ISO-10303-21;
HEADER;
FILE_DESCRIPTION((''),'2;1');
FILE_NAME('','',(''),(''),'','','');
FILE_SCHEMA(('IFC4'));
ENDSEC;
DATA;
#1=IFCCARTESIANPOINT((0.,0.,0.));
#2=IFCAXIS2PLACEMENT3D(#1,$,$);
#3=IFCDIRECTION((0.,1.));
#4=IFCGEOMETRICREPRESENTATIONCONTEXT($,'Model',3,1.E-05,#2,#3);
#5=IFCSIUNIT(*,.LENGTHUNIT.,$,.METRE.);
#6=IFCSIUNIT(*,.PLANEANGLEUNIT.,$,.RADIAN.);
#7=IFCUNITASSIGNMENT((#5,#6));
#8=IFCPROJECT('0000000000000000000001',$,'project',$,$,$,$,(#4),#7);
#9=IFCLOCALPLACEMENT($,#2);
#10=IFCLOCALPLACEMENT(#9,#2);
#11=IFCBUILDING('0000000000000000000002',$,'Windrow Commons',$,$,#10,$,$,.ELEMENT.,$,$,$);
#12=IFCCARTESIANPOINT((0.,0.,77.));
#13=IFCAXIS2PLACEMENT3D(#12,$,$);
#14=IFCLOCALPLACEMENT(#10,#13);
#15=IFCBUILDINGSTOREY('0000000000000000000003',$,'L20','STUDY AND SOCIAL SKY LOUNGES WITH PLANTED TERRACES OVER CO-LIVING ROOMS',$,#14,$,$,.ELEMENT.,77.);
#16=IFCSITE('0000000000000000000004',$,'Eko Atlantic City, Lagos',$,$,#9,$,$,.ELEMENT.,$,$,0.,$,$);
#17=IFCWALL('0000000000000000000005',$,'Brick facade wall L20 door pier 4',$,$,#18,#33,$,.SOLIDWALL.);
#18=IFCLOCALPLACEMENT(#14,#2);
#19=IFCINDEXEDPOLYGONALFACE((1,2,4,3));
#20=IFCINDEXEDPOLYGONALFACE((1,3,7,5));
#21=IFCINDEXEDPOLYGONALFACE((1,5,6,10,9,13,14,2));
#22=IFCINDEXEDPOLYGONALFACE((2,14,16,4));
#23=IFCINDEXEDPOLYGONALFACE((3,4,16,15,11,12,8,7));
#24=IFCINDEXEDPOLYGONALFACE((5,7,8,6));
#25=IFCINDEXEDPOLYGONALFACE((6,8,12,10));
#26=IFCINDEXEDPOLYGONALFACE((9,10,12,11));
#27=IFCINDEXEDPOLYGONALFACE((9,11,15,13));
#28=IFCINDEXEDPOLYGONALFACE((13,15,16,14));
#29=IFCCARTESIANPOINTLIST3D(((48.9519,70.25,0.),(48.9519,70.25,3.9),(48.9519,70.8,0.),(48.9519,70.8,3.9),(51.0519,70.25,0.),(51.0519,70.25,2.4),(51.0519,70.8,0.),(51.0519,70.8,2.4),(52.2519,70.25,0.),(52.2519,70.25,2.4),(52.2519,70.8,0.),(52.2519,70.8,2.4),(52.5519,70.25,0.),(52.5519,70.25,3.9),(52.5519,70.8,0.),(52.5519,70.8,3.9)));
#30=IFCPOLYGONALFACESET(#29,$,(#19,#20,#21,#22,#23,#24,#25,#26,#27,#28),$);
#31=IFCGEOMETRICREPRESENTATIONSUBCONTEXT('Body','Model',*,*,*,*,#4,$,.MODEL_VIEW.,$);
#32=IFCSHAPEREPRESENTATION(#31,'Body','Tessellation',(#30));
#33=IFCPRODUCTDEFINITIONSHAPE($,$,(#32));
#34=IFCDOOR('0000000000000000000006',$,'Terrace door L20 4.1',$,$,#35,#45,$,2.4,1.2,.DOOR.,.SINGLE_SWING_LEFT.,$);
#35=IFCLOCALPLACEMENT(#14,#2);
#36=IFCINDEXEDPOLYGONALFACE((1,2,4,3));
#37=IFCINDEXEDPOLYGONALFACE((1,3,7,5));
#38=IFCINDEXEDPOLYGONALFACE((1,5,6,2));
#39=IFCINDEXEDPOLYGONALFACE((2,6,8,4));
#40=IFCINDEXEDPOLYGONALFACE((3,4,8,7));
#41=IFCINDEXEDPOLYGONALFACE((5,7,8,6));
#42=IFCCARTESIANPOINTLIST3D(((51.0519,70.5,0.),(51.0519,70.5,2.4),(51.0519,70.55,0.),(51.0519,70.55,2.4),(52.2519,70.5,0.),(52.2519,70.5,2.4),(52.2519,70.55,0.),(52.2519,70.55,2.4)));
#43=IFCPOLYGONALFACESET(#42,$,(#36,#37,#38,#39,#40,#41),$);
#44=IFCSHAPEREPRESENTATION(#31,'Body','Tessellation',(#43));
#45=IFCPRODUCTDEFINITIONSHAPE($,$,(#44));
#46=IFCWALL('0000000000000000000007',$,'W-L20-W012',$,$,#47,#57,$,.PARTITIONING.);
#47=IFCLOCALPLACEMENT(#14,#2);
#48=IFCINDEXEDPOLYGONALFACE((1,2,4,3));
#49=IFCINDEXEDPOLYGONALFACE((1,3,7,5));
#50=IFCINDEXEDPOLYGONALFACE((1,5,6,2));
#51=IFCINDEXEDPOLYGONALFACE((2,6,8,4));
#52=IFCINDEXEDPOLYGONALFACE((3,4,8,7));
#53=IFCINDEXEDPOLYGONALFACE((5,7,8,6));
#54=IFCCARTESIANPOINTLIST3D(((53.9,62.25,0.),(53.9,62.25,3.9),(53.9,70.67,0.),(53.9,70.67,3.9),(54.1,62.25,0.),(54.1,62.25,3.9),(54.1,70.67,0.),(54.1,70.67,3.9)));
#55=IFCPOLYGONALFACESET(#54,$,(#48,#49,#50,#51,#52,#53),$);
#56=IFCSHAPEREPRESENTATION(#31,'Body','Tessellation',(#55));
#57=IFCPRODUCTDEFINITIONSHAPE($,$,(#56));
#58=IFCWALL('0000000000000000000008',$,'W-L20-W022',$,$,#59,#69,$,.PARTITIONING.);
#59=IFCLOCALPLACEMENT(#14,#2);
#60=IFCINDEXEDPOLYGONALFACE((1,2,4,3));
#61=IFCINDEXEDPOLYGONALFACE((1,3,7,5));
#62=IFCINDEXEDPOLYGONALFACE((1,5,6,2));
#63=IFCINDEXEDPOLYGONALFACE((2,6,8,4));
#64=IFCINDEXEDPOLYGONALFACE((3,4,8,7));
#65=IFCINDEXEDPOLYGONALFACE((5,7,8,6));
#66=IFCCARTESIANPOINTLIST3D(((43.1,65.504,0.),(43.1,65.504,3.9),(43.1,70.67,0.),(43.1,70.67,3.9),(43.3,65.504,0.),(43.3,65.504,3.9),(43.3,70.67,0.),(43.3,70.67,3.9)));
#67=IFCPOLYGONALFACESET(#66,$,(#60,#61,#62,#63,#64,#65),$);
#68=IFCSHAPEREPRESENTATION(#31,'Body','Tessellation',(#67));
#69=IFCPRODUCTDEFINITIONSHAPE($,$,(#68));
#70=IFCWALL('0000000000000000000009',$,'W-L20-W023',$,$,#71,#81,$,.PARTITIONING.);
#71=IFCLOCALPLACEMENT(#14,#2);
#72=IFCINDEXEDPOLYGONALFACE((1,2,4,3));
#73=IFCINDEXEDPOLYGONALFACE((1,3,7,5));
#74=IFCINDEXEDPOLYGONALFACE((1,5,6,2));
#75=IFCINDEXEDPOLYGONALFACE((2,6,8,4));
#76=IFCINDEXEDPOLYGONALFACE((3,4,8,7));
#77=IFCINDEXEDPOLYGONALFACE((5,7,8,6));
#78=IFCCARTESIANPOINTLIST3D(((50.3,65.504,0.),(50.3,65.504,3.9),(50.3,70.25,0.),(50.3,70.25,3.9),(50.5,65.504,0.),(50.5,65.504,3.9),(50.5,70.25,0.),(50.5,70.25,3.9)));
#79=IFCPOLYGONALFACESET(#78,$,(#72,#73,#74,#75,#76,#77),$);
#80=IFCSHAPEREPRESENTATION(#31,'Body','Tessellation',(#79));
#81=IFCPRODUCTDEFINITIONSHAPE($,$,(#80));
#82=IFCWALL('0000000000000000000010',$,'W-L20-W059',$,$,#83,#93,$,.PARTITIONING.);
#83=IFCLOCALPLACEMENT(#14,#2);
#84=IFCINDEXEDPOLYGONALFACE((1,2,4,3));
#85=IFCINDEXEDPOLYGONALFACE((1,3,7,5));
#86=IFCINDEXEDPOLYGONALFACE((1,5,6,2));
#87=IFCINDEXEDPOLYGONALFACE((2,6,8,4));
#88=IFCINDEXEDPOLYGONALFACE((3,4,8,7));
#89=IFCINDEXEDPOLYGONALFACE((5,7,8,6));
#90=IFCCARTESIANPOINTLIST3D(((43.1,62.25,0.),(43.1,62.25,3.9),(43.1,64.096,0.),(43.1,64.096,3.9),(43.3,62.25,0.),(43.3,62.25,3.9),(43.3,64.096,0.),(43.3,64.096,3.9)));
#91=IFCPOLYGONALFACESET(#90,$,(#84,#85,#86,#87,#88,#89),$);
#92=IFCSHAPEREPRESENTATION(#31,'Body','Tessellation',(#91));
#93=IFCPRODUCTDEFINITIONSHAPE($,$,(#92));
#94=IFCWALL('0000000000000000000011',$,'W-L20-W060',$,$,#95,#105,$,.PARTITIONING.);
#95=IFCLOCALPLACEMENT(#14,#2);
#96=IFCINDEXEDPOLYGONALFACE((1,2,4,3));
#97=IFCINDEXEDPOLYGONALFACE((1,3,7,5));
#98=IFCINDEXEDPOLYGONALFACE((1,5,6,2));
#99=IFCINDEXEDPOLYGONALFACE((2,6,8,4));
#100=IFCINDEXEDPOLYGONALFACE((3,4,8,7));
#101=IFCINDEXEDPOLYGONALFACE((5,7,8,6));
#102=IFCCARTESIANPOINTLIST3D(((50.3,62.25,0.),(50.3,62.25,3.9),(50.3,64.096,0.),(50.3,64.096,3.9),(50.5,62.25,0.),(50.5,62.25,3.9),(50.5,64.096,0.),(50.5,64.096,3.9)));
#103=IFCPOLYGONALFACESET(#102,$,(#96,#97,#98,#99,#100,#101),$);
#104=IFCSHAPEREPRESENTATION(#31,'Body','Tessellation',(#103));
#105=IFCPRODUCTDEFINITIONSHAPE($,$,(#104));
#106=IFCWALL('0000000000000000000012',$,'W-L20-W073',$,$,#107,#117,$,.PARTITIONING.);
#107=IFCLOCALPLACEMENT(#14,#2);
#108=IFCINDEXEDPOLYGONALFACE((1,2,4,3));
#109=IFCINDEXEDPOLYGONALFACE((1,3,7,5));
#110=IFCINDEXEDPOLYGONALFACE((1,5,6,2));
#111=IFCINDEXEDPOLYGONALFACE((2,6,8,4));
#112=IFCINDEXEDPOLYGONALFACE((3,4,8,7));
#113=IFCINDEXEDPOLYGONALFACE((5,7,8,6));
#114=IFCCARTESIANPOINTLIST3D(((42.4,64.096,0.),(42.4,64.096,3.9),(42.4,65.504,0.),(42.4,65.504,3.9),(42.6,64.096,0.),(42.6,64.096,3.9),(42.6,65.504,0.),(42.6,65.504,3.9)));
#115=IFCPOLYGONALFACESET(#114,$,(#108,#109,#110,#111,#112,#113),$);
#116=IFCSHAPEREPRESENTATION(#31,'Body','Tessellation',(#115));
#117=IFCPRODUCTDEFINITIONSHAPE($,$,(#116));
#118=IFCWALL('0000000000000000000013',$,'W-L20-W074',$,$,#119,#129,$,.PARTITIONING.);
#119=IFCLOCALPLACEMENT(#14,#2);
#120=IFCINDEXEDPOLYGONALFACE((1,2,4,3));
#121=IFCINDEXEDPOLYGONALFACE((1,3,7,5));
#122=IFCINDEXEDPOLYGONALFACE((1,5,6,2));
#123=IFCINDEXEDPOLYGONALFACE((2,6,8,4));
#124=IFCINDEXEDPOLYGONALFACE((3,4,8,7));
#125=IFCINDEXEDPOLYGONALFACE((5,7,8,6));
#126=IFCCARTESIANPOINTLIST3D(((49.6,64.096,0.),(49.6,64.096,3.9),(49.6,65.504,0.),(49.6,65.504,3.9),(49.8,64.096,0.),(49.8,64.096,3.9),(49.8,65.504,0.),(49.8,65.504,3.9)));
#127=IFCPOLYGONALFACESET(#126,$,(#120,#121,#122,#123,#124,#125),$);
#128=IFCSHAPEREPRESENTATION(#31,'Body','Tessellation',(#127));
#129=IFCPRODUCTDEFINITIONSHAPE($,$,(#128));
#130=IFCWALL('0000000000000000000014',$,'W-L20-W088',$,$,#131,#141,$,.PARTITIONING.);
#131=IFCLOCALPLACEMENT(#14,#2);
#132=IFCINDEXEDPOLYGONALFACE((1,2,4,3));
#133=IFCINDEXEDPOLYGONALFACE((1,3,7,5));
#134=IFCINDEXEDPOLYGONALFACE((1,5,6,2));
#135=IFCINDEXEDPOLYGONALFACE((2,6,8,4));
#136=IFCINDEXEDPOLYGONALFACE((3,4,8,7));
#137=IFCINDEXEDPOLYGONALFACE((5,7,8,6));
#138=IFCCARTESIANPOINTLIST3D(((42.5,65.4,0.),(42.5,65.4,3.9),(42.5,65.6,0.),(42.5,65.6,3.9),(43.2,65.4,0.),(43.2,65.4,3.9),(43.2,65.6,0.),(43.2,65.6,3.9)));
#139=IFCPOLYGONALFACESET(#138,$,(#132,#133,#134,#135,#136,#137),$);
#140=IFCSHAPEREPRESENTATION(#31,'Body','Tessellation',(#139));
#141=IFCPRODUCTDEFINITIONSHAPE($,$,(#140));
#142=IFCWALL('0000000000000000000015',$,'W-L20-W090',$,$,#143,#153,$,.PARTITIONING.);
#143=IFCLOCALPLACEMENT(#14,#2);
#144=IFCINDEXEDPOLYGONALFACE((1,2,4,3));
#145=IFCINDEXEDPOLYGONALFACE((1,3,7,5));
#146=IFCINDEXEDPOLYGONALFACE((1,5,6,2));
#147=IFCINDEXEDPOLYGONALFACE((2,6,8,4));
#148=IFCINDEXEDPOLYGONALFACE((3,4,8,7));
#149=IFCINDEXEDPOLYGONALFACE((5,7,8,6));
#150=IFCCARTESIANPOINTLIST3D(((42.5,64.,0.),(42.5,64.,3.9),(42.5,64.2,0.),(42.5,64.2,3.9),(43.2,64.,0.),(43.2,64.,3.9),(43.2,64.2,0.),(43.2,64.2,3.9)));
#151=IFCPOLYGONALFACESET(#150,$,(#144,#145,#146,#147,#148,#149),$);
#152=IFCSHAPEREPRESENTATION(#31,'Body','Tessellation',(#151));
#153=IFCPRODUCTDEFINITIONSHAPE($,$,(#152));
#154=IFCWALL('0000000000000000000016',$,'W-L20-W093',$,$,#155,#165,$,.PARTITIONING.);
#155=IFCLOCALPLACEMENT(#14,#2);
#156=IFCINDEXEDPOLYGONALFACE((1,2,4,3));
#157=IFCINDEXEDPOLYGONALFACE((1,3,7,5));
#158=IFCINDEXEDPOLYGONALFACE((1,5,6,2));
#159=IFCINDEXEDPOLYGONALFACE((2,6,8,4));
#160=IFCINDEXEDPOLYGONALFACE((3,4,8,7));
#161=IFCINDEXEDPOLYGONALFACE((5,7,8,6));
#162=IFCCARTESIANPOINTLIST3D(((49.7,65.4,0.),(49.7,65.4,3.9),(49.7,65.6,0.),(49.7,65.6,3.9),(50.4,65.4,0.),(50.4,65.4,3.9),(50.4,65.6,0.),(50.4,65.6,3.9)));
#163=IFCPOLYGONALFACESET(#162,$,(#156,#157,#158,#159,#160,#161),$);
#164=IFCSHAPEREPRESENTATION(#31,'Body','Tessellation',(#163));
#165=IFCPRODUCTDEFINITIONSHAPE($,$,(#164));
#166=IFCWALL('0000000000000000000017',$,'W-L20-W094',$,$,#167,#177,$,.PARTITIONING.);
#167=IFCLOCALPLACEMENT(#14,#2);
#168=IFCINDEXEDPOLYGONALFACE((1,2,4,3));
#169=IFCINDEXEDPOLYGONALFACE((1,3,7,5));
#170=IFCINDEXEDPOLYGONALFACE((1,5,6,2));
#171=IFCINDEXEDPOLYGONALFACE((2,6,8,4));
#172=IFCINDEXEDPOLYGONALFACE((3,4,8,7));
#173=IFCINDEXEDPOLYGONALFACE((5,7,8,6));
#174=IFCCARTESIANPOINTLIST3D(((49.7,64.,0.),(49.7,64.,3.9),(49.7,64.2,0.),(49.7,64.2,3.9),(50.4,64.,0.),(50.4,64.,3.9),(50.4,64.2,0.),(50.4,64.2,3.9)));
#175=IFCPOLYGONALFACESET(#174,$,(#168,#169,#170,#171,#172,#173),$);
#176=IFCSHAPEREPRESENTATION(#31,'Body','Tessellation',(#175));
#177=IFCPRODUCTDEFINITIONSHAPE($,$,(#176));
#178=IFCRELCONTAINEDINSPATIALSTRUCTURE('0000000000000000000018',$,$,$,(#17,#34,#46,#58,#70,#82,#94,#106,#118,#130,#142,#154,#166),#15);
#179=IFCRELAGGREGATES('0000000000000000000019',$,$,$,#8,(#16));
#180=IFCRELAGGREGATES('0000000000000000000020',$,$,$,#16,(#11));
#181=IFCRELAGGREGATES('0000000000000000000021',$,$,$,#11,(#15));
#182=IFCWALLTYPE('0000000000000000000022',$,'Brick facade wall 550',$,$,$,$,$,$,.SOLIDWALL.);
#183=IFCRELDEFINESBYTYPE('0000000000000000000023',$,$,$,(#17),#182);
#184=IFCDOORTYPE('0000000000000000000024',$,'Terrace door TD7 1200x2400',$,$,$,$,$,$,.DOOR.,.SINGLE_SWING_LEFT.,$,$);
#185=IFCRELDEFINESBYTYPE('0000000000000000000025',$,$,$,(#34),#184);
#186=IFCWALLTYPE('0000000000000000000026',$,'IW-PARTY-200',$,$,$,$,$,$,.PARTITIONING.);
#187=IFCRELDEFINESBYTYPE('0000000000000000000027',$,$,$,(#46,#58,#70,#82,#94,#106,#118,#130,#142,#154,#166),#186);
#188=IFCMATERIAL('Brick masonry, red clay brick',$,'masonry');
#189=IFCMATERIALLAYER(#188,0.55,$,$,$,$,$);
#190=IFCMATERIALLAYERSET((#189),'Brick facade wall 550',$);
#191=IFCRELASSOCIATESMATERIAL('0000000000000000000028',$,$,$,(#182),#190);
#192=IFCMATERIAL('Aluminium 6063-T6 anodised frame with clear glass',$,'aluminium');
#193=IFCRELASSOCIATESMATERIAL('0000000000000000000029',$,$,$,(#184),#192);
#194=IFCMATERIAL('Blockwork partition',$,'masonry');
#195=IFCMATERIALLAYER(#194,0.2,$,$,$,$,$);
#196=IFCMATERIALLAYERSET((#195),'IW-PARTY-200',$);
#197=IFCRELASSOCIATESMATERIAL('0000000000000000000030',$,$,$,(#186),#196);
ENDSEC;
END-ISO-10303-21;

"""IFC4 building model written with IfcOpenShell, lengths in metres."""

from ifc_helpers import new_model, si_unit, direction, frame, frame_2d, origin, place, context, subcontext, project, spatial, rectangle, extrude, material, layer, layer_set, type_object, element, fill, save


model = new_model("IFC4")

# Units and contexts
model_context = context("Model", 3, precision=1e-05, world=origin(), true_north=direction((0.0, 1.0)))
body_context = subcontext(model_context, "Body", "Model", "MODEL_VIEW")
ifc_project = project(units=[si_unit("LENGTHUNIT", "METRE"), si_unit("PLANEANGLEUNIT", "RADIAN")], contexts=[model_context])

# Site, building, storey
site_placement = place(None, origin())
site = spatial("IfcSite", under=ifc_project, at=site_placement, Name="Eko Atlantic City, Lagos", CompositionType="ELEMENT", RefElevation=0.0)
building_placement = place(site_placement, origin())
building = spatial("IfcBuilding", under=site, at=building_placement, Name="Windrow Commons", CompositionType="ELEMENT")
storey_placement = place(building_placement, frame((0.0, 0.0, 77.0)))
storey = spatial("IfcBuildingStorey", under=building, at=storey_placement, Name="L20", Description="STUDY AND SOCIAL SKY LOUNGES WITH PLANTED TERRACES OVER CO-LIVING ROOMS", CompositionType="ELEMENT", Elevation=77.0)

# Wall, opening, door
ifc_material_1 = material(Name="Brick masonry, red clay brick", Category="masonry")
ifc_layer_1 = layer(ifc_material_1, 0.55)
ifc_layer_set_1 = layer_set([ifc_layer_1], Name="Brick facade wall 550")
wall_type_1 = type_object("IfcWallType", Name="Brick facade wall 550", PredefinedType="SOLIDWALL", material=ifc_layer_set_1)
wall_1_placement = place(storey_placement, frame((52.5519, 70.525, 0.0), z_axis=(0.0, 0.0, 1.0), x_axis=(-1.0, 0.0, 0.0)))
wall_1 = element("IfcWall", 1, at=wall_1_placement, inside=storey, type_object=wall_type_1, Name="Brick facade wall L20 door pier 4", PredefinedType="SOLIDWALL", context=body_context, shape_type="SweptSolid", body=[
    extrude(rectangle(XDim=3.6, YDim=0.55, at=frame_2d((1.8, 0.0))), origin(), (0.0, 0.0, 1.0), 3.9),
])
opening_placement = place(wall_1_placement, frame((0.3, 0.0, 0.0)))
opening = element("IfcOpeningElement", 2, at=opening_placement, cuts=wall_1, PredefinedType="OPENING", context=body_context, shape_type="SweptSolid", body=[
    extrude(rectangle(XDim=1.2, YDim=2.4, at=frame_2d((0.6, 1.2))), frame((0.0, 0.285, 0.0), z_axis=(0.0, -1.0, 0.0), x_axis=(1.0, 0.0, 0.0)), (0.0, 0.0, 1.0), 0.57),
])
ifc_material_2 = material(Name="Aluminium 6063-T6 anodised frame with clear glass", Category="aluminium")
door_type = type_object("IfcDoorType", Name="Terrace door TD7 1200x2400", OperationType="SINGLE_SWING_LEFT", PredefinedType="DOOR", material=ifc_material_2)
door_placement = place(opening_placement, origin())
door = element("IfcDoor", 3, at=door_placement, inside=storey, type_object=door_type, Name="Terrace door L20 4.1", OperationType="SINGLE_SWING_LEFT", OverallHeight=2.4, OverallWidth=1.2, PredefinedType="DOOR", context=body_context, shape_type="SweptSolid", body=[
    extrude(rectangle(XDim=1.2, YDim=2.4, at=frame_2d((0.6, 1.2))), frame((0.0, 0.025, 0.0), z_axis=(0.0, -1.0, 0.0), x_axis=(1.0, 0.0, 0.0)), (0.0, 0.0, 1.0), 0.05),
])
fill(opening, door)

# Walls
ifc_material_3 = material(Name="Blockwork partition", Category="masonry")
ifc_layer_2 = layer(ifc_material_3, 0.2)
ifc_layer_set_2 = layer_set([ifc_layer_2], Name="IW-PARTY-200")
wall_type_2 = type_object("IfcWallType", Name="IW-PARTY-200", PredefinedType="PARTITIONING", material=ifc_layer_set_2)
wall_2_placement = place(storey_placement, frame((54.0, 62.25, 0.0), z_axis=(0.0, 0.0, 1.0), x_axis=(0.0, 1.0, 0.0)))
element("IfcWall", 4, at=wall_2_placement, inside=storey, type_object=wall_type_2, Name="W-L20-W012", PredefinedType="PARTITIONING", context=body_context, shape_type="SweptSolid", body=[
    extrude(rectangle(XDim=8.42, YDim=0.2, at=frame_2d((4.21, 0.0))), origin(), (0.0, 0.0, 1.0), 3.9),
])
wall_3_placement = place(storey_placement, frame((43.2, 65.504, 0.0), z_axis=(0.0, 0.0, 1.0), x_axis=(0.0, 1.0, 0.0)))
element("IfcWall", 5, at=wall_3_placement, inside=storey, type_object=wall_type_2, Name="W-L20-W022", PredefinedType="PARTITIONING", context=body_context, shape_type="SweptSolid", body=[
    extrude(rectangle(XDim=5.166, YDim=0.2, at=frame_2d((2.583, 0.0))), origin(), (0.0, 0.0, 1.0), 3.9),
])
wall_4_placement = place(storey_placement, frame((50.4, 65.504, 0.0), z_axis=(0.0, 0.0, 1.0), x_axis=(0.0, 1.0, 0.0)))
element("IfcWall", 6, at=wall_4_placement, inside=storey, type_object=wall_type_2, Name="W-L20-W023", PredefinedType="PARTITIONING", context=body_context, shape_type="SweptSolid", body=[
    extrude(rectangle(XDim=4.746, YDim=0.2, at=frame_2d((2.373, 0.0))), origin(), (0.0, 0.0, 1.0), 3.9),
])
for number, where, z_axis, x_axis, name in (
    (7, (43.2, 62.25, 0.0), (0.0, 0.0, 1.0), (0.0, 1.0, 0.0), "W-L20-W059"),
    (8, (50.4, 62.25, 0.0), (0.0, 0.0, 1.0), (0.0, 1.0, 0.0), "W-L20-W060"),
):
    element("IfcWall", number, at=place(storey_placement, frame(where, z_axis=z_axis, x_axis=x_axis)), inside=storey, type_object=wall_type_2, Name=name, PredefinedType="PARTITIONING", context=body_context, shape_type="SweptSolid", body=[
        extrude(rectangle(XDim=1.846, YDim=0.2, at=frame_2d((0.923, 0.0))), origin(), (0.0, 0.0, 1.0), 3.9),
    ])
for number, where, z_axis, x_axis, name in (
    (9, (42.5, 64.096, 0.0), (0.0, 0.0, 1.0), (0.0, 1.0, 0.0), "W-L20-W073"),
    (10, (49.7, 64.096, 0.0), (0.0, 0.0, 1.0), (0.0, 1.0, 0.0), "W-L20-W074"),
):
    element("IfcWall", number, at=place(storey_placement, frame(where, z_axis=z_axis, x_axis=x_axis)), inside=storey, type_object=wall_type_2, Name=name, PredefinedType="PARTITIONING", context=body_context, shape_type="SweptSolid", body=[
        extrude(rectangle(XDim=1.408, YDim=0.2, at=frame_2d((0.704, 0.0))), origin(), (0.0, 0.0, 1.0), 3.9),
    ])
for number, where, z_axis, x_axis, name in (
    (11, (42.5, 65.5, 0.0), (0.0, 0.0, 1.0), (1.0, 0.0, 0.0), "W-L20-W088"),
    (12, (42.5, 64.1, 0.0), (0.0, 0.0, 1.0), (1.0, 0.0, 0.0), "W-L20-W090"),
    (13, (49.7, 65.5, 0.0), (0.0, 0.0, 1.0), (1.0, 0.0, 0.0), "W-L20-W093"),
    (14, (49.7, 64.1, 0.0), (0.0, 0.0, 1.0), (1.0, 0.0, 0.0), "W-L20-W094"),
):
    element("IfcWall", number, at=place(storey_placement, frame(where, z_axis=z_axis, x_axis=x_axis)), inside=storey, type_object=wall_type_2, Name=name, PredefinedType="PARTITIONING", context=body_context, shape_type="SweptSolid", body=[
        extrude(rectangle(XDim=0.7, YDim=0.2, at=frame_2d((0.35, 0.0))), origin(), (0.0, 0.0, 1.0), 3.9),
    ])

save(model, "model.ifc")
